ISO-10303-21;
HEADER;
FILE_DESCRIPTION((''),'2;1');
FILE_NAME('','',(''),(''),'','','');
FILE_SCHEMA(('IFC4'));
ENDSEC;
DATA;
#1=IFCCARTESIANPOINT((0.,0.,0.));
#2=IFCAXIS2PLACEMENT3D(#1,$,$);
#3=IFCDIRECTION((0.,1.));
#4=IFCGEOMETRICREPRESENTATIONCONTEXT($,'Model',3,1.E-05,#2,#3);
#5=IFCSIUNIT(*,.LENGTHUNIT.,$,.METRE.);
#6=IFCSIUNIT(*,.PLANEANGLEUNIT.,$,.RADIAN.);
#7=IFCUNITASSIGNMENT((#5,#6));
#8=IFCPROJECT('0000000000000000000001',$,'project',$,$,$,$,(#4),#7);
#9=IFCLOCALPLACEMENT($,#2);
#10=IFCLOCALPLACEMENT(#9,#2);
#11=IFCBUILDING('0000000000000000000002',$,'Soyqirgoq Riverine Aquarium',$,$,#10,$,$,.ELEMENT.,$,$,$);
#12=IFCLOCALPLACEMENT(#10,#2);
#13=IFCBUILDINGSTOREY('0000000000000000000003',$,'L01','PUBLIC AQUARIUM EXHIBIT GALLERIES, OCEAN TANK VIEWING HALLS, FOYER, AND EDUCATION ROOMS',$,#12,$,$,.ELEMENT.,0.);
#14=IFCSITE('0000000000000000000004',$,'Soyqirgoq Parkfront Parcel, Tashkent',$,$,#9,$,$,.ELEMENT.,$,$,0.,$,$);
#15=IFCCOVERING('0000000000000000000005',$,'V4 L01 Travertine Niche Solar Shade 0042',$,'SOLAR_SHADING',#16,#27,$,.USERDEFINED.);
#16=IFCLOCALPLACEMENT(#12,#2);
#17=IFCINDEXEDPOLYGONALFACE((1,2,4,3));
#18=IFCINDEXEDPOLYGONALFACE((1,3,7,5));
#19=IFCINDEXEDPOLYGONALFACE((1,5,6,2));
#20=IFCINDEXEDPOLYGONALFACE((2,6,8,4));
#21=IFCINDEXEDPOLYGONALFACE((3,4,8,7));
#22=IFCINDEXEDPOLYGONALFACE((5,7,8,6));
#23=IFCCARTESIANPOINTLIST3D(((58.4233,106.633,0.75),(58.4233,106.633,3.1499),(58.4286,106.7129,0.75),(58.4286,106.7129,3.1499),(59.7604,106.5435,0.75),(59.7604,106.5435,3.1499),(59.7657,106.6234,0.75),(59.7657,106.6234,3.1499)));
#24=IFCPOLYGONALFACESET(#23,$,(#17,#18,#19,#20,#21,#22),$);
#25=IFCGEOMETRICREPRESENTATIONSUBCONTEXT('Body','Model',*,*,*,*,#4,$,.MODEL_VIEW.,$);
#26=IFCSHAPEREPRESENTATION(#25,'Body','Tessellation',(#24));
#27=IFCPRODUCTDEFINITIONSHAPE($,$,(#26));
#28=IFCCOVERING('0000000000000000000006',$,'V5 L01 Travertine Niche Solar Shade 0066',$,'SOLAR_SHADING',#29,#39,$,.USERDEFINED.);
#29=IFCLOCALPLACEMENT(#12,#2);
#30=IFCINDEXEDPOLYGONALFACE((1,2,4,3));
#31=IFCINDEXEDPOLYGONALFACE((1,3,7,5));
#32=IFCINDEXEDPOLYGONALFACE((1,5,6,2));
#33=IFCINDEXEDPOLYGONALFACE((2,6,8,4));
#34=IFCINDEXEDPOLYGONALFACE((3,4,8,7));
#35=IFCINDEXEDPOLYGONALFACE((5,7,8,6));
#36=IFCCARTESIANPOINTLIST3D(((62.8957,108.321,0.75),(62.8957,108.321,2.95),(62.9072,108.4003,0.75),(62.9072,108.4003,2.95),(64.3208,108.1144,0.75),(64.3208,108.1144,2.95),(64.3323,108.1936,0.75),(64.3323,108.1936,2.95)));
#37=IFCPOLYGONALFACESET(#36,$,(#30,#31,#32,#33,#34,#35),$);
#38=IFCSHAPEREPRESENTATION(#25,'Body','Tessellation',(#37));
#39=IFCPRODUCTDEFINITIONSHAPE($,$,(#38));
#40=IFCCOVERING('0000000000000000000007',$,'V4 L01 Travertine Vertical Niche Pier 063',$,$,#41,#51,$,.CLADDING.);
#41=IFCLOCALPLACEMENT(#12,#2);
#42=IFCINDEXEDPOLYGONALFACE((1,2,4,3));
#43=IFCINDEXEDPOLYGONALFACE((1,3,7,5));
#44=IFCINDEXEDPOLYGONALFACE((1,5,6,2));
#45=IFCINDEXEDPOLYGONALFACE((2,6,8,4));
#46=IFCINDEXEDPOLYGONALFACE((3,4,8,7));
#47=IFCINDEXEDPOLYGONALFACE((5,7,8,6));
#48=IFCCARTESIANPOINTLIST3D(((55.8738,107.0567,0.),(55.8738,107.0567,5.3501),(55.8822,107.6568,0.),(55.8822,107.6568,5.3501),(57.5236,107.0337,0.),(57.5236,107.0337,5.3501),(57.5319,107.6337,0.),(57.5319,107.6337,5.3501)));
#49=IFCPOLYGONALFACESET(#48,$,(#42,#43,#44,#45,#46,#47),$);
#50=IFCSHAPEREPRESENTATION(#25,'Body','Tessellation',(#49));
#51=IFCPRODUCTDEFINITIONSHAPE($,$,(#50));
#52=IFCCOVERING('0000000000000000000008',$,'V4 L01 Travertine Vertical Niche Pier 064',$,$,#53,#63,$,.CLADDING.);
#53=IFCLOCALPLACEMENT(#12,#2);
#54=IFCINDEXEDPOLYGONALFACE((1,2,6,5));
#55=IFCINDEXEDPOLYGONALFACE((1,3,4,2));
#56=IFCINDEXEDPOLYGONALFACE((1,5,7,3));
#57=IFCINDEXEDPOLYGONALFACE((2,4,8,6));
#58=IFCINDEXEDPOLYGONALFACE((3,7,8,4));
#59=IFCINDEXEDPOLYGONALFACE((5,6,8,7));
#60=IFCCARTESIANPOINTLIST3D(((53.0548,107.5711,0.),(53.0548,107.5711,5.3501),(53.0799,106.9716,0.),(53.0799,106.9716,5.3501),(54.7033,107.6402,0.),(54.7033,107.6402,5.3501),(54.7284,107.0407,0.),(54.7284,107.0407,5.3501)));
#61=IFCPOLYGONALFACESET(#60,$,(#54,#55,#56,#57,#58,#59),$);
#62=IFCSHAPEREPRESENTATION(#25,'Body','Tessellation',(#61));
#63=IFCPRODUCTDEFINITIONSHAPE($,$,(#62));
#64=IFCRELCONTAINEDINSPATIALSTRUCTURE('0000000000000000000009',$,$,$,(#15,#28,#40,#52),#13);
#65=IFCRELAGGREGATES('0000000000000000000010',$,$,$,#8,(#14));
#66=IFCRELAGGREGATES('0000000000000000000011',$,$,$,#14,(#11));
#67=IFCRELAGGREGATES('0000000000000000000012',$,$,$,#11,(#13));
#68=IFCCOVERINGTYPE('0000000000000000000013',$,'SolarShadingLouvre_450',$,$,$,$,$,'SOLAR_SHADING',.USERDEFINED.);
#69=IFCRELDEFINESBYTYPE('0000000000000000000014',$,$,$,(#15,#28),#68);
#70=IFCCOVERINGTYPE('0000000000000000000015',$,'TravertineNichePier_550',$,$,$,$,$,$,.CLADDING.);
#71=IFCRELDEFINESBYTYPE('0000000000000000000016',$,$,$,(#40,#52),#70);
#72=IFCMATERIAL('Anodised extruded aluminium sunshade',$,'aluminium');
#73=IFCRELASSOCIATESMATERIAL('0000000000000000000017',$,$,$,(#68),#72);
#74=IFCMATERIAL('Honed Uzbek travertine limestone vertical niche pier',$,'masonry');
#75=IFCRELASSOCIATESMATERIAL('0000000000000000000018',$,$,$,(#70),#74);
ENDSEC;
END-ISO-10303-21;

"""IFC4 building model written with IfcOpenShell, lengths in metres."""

from ifc_helpers import new_model, si_unit, direction, frame, origin, origin_2d, place, context, subcontext, project, spatial, rectangle, extrude, material, type_object, element, save


model = new_model("IFC4")

# Units and contexts
model_context = context("Model", 3, precision=1e-05, world=origin(), true_north=direction((0.0, 1.0)))
body_context = subcontext(model_context, "Body", "Model", "MODEL_VIEW")
ifc_project = project(units=[si_unit("LENGTHUNIT", "METRE"), si_unit("PLANEANGLEUNIT", "RADIAN")], contexts=[model_context])

# Site, building, storey
site_placement = place(None, origin())
site = spatial("IfcSite", under=ifc_project, at=site_placement, Name="Soyqirgoq Parkfront Parcel, Tashkent", CompositionType="ELEMENT", RefElevation=0.0)
building_placement = place(site_placement, origin())
building = spatial("IfcBuilding", under=site, at=building_placement, Name="Soyqirgoq Riverine Aquarium", CompositionType="ELEMENT")
storey_placement = place(building_placement, origin())
storey = spatial("IfcBuildingStorey", under=building, at=storey_placement, Name="L01", Description="PUBLIC AQUARIUM EXHIBIT GALLERIES, OCEAN TANK VIEWING HALLS, FOYER, AND EDUCATION ROOMS", CompositionType="ELEMENT", Elevation=0.0)

# Coverings
ifc_material_1 = material(Name="Anodised extruded aluminium sunshade", Category="aluminium")
covering_type_1 = type_object("IfcCoveringType", Name="SolarShadingLouvre_450", ElementType="SOLAR_SHADING", PredefinedType="USERDEFINED", material=ifc_material_1)
covering_1_placement = place(storey_placement, frame((59.0945, 106.6282, 0.75), z_axis=(0.0, 0.0, 1.0), x_axis=(0.997767, -0.066796, 0.0)))
element("IfcCovering", 1, at=covering_1_placement, inside=storey, type_object=covering_type_1, Name="V4 L01 Travertine Niche Solar Shade 0042", ObjectType="SOLAR_SHADING", PredefinedType="USERDEFINED", context=body_context, shape_type="SweptSolid", body=[
    extrude(rectangle(XDim=1.3401, YDim=0.0801, at=origin_2d()), origin(), (0.0, 0.0, 1.0), 2.3999),
])
covering_2_placement = place(storey_placement, frame((63.614, 108.2573, 0.75), z_axis=(0.0, 0.0, 1.0), x_axis=(0.989651, -0.143493, 0.0)))
element("IfcCovering", 2, at=covering_2_placement, inside=storey, type_object=covering_type_1, Name="V5 L01 Travertine Niche Solar Shade 0066", ObjectType="SOLAR_SHADING", PredefinedType="USERDEFINED", context=body_context, shape_type="SweptSolid", body=[
    extrude(rectangle(XDim=1.4399, YDim=0.0801, at=origin_2d()), origin(), (0.0, 0.0, 1.0), 2.2),
])
ifc_material_2 = material(Name="Honed Uzbek travertine limestone vertical niche pier", Category="masonry")
covering_type_2 = type_object("IfcCoveringType", Name="TravertineNichePier_550", PredefinedType="CLADDING", material=ifc_material_2)
for number, where, z_axis, x_axis, name in (
    (3, (56.7029, 107.3452, 0.0), (0.0, 0.0, 1.0), (0.013962, 0.999903, 0.0), "V4 L01 Travertine Vertical Niche Pier 063"),
    (4, (53.8916, 107.3059, 0.0), (0.0, 0.0, 1.0), (-0.041876, 0.999123, 0.0), "V4 L01 Travertine Vertical Niche Pier 064"),
):
    element("IfcCovering", number, at=place(storey_placement, frame(where, z_axis=z_axis, x_axis=x_axis)), inside=storey, type_object=covering_type_2, Name=name, PredefinedType="CLADDING", context=body_context, shape_type="SweptSolid", body=[
        extrude(rectangle(XDim=0.6001, YDim=1.6499, at=origin_2d()), origin(), (0.0, 0.0, 1.0), 5.3501),
    ])

save(model, "model.ifc")
